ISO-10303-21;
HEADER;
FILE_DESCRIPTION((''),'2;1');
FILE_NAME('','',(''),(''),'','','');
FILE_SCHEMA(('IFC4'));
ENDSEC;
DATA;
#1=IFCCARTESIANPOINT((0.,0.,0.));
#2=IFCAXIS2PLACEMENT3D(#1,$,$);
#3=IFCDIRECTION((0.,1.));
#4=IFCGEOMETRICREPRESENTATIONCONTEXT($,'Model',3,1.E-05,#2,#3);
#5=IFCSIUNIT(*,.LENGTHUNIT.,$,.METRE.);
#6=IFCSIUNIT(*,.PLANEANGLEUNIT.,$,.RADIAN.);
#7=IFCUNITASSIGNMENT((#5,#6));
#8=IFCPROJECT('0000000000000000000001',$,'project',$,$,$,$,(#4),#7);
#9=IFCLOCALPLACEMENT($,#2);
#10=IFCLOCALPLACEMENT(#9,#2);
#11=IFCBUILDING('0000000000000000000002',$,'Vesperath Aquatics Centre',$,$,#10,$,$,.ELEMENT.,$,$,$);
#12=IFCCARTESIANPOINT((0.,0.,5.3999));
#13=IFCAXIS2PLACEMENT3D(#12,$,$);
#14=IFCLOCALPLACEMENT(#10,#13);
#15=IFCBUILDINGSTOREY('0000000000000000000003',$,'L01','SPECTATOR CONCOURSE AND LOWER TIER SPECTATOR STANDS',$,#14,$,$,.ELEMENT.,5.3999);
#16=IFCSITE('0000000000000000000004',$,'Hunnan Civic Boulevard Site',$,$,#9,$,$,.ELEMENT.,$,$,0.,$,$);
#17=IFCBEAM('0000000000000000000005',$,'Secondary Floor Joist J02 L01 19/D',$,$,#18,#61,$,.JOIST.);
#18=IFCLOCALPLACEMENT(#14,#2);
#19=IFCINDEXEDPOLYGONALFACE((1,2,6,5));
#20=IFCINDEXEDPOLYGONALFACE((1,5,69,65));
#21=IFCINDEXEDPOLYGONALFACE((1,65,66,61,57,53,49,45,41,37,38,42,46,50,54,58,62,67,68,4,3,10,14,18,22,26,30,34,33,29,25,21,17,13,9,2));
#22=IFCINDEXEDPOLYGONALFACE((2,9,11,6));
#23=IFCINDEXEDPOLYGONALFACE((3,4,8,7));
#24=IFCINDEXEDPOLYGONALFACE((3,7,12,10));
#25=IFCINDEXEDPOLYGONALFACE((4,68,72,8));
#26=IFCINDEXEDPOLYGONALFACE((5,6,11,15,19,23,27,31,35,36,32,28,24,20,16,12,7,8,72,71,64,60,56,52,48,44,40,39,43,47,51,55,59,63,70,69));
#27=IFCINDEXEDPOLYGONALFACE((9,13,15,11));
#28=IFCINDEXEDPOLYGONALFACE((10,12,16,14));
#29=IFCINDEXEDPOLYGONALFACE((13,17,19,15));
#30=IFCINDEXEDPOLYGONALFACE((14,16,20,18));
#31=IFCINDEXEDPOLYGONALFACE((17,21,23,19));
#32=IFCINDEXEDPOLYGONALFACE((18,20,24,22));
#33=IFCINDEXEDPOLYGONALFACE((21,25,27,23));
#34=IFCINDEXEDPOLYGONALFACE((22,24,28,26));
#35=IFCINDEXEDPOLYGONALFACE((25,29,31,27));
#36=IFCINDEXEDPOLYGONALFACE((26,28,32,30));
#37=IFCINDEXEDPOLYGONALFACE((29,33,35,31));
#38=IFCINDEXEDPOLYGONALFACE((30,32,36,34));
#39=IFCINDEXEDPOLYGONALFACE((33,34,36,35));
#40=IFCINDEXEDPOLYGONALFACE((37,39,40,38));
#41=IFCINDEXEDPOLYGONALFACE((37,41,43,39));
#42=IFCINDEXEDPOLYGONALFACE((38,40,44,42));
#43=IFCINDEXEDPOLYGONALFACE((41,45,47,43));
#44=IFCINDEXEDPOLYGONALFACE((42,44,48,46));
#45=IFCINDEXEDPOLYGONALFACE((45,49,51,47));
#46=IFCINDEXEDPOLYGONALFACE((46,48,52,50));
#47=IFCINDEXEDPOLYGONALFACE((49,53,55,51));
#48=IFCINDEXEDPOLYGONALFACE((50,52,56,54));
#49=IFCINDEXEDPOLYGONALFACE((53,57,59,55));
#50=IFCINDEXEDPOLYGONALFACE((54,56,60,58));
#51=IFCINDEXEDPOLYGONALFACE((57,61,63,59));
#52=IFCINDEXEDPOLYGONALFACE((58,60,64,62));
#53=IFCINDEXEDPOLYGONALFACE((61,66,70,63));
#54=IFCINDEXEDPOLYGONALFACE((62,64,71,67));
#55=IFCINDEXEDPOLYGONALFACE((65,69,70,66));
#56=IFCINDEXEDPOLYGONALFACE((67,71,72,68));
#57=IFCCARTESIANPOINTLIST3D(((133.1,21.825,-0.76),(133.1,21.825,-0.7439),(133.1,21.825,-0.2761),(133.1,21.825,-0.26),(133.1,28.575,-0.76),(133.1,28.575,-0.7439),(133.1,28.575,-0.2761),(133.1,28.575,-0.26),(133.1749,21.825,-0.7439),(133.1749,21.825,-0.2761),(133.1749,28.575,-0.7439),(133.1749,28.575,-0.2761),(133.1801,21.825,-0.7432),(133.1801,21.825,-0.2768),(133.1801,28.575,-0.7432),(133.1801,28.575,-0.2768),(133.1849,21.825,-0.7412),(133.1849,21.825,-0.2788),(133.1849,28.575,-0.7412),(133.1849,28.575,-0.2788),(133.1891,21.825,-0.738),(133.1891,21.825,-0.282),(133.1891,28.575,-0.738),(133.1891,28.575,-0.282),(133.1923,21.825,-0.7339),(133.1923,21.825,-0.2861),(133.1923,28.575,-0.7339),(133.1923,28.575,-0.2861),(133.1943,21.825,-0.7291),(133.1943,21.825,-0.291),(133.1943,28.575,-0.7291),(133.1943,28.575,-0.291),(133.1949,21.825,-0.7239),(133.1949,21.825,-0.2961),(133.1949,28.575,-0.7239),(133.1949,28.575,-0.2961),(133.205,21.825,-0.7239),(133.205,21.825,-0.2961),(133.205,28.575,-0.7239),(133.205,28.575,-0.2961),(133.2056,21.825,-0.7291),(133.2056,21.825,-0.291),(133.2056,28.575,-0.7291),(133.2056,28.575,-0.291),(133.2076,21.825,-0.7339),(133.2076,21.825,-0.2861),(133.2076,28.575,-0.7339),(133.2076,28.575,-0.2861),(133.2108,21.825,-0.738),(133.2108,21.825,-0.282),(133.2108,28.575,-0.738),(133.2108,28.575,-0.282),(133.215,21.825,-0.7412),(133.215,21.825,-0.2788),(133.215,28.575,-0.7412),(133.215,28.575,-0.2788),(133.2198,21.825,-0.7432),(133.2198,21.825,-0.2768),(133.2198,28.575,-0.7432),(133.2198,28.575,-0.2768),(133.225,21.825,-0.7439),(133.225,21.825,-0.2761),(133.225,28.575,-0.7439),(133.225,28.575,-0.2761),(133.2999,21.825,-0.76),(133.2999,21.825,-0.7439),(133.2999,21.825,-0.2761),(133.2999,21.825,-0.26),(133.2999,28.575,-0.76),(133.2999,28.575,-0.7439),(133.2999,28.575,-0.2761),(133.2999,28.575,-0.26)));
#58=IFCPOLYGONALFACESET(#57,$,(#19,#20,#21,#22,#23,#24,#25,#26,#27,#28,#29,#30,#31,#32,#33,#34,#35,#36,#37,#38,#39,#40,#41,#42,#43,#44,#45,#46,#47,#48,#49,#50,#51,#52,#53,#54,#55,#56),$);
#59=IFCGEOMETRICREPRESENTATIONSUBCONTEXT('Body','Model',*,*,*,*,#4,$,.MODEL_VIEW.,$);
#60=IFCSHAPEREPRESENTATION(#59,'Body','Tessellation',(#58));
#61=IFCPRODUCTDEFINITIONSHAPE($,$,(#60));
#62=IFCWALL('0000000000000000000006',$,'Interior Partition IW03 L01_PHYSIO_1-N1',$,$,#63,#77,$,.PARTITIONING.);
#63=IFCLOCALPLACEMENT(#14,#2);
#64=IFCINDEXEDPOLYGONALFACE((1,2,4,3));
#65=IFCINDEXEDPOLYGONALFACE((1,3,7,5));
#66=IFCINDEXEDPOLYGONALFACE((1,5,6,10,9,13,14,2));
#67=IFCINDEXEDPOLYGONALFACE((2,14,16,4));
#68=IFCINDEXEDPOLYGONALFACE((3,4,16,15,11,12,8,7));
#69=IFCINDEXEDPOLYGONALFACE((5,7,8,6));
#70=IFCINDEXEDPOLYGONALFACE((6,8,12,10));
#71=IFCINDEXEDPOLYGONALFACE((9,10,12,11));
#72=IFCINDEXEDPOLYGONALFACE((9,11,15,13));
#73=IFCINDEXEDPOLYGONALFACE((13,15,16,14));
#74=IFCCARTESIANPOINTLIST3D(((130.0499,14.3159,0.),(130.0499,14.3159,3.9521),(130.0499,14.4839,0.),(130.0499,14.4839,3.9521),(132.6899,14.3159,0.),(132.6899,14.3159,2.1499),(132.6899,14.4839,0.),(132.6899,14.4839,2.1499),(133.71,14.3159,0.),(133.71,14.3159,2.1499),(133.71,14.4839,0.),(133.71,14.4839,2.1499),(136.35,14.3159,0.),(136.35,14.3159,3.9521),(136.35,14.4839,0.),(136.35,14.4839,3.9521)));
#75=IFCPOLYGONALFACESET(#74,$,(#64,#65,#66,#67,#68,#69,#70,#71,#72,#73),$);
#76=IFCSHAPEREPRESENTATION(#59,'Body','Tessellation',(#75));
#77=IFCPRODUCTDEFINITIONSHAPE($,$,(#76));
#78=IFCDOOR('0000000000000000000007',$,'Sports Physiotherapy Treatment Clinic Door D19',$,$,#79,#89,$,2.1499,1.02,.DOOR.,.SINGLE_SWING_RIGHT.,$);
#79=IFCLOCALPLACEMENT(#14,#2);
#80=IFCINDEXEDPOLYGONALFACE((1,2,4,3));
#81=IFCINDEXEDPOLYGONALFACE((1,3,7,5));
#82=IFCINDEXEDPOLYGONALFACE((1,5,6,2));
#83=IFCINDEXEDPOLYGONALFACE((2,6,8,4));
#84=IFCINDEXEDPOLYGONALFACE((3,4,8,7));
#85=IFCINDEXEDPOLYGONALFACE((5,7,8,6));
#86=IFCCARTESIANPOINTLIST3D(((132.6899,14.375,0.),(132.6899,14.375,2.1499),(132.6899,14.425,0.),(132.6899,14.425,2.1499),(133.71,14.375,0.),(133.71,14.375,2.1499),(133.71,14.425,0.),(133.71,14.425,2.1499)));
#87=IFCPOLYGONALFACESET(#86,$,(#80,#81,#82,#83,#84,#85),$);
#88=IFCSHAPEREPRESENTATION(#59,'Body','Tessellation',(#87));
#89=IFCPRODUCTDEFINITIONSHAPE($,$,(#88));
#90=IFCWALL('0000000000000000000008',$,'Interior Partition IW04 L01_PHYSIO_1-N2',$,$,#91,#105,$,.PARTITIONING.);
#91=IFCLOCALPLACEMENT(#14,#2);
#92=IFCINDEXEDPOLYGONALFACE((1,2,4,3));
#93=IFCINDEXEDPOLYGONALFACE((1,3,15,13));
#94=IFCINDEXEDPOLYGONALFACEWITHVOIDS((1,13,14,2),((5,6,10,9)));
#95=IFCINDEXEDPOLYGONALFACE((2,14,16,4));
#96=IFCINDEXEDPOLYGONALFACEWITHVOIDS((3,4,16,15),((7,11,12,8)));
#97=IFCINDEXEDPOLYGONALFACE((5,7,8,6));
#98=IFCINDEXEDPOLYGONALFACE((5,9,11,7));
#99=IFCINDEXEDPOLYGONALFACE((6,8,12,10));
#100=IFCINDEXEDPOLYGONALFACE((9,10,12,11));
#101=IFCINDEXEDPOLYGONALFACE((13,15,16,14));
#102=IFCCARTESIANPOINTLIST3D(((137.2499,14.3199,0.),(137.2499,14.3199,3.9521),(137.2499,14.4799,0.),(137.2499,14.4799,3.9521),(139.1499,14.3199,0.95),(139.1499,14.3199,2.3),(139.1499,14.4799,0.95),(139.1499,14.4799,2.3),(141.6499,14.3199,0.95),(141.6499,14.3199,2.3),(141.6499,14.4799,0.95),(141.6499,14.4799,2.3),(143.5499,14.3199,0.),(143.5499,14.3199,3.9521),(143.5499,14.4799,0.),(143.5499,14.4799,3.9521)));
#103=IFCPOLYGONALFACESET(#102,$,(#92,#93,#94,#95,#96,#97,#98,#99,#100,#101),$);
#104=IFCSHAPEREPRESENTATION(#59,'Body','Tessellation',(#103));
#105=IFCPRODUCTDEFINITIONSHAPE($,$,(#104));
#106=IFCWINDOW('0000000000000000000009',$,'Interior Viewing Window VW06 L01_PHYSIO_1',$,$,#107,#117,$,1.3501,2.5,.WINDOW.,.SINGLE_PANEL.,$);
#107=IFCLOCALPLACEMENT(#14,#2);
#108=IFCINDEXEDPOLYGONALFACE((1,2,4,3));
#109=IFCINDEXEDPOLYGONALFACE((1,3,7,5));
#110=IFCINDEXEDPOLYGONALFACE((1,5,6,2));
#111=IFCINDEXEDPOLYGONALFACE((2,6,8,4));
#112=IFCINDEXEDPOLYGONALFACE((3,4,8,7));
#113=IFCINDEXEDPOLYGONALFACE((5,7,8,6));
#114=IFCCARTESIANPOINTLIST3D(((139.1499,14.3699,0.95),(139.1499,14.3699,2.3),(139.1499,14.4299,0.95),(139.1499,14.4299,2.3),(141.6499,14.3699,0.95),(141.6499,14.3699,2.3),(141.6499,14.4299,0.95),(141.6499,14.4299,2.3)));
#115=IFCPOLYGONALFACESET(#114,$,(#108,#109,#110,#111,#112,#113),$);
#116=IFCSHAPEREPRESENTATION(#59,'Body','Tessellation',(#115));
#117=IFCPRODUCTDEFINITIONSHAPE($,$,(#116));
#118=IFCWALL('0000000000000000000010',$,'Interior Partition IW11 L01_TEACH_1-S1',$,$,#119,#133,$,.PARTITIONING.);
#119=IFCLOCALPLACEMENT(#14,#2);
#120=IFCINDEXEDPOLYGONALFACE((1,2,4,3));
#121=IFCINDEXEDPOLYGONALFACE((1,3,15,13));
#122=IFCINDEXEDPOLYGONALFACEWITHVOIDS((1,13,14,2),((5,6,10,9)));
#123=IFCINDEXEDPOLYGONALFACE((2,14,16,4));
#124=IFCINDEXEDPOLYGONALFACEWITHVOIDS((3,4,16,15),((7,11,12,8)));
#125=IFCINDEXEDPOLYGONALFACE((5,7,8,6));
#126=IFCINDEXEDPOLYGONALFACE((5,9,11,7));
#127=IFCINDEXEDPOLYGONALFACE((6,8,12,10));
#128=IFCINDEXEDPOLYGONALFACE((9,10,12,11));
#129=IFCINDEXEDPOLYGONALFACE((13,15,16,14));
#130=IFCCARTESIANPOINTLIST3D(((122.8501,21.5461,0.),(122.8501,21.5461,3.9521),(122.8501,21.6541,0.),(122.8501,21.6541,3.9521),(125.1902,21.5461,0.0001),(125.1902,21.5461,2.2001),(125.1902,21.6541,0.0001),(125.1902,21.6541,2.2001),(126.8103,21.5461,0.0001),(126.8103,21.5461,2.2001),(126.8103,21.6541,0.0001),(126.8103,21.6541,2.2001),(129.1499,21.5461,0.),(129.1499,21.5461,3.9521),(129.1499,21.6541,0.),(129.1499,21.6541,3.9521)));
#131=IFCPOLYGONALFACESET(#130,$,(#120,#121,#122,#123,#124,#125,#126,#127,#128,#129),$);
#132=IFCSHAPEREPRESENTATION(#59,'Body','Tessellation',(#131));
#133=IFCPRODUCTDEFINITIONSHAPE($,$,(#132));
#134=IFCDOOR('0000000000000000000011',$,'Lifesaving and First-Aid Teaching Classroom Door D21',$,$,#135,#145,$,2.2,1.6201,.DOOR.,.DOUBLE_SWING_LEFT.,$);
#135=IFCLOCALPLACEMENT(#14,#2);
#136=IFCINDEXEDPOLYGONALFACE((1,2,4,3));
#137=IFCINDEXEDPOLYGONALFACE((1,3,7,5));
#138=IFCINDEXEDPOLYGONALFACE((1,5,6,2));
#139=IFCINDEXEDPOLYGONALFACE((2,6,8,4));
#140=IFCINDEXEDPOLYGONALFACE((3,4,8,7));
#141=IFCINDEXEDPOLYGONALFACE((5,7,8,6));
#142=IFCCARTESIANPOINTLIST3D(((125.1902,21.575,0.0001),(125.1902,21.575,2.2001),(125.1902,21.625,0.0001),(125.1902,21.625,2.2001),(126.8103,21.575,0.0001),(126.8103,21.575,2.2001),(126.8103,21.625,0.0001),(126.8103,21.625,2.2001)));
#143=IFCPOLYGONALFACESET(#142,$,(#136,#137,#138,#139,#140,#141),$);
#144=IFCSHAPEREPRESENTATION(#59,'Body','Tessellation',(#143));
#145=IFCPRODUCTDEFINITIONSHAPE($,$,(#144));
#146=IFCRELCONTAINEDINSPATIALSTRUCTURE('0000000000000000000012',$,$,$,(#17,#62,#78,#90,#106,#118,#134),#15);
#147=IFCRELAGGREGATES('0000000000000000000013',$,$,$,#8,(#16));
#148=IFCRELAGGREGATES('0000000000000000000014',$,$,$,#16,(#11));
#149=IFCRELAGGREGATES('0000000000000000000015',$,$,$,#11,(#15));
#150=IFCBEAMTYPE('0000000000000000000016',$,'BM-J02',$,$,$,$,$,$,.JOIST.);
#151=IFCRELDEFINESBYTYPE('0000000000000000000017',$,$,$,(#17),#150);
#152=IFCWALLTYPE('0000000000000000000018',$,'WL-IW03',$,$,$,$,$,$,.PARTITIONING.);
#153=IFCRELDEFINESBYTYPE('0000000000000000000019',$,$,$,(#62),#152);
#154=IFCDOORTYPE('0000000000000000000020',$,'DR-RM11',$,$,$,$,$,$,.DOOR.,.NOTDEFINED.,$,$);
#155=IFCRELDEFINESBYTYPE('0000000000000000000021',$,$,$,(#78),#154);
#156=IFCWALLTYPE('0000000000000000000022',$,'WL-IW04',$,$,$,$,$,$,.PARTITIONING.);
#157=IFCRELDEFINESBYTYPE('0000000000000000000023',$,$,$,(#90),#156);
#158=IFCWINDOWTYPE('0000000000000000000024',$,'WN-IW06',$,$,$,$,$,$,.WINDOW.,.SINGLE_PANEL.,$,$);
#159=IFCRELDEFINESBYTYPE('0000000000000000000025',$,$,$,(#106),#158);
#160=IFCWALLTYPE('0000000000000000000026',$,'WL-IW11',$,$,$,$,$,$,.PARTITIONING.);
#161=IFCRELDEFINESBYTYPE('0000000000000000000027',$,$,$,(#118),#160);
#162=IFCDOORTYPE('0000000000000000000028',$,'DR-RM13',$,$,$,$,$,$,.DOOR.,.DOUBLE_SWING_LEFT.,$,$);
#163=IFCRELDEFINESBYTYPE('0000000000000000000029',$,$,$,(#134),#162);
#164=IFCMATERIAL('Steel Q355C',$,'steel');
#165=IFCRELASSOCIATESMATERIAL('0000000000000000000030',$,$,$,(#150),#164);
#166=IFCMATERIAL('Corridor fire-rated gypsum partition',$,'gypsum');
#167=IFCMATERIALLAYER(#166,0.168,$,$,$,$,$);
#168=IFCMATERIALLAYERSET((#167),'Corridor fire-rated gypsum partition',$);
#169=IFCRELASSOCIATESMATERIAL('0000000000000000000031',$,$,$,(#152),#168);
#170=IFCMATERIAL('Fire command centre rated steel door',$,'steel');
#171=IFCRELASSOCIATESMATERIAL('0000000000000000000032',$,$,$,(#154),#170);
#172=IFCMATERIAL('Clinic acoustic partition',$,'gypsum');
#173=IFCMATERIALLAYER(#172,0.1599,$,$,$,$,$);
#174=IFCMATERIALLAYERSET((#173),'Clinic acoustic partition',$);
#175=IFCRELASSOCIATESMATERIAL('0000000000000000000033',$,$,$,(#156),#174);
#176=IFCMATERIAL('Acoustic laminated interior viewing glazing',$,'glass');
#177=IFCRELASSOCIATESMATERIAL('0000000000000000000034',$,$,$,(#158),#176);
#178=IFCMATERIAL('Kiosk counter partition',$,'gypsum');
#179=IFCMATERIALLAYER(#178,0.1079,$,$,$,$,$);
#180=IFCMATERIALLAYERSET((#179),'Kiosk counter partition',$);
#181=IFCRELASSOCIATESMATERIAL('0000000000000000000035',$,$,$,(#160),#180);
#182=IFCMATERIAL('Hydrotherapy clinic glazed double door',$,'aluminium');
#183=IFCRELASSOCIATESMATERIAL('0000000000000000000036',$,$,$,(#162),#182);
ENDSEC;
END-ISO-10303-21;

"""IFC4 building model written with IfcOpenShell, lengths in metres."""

from ifc_helpers import new_model, si_unit, direction, frame, frame_2d, origin, origin_2d, place, context, subcontext, project, spatial, rectangle, i_section, extrude, material, layer, layer_set, material_profile, profile_set, type_object, element, fill, save


model = new_model("IFC4")

# Units and contexts
model_context = context("Model", 3, precision=1e-05, world=origin(), true_north=direction((0.0, 1.0)))
body_context = subcontext(model_context, "Body", "Model", "MODEL_VIEW")
ifc_project = project(units=[si_unit("LENGTHUNIT", "METRE"), si_unit("PLANEANGLEUNIT", "RADIAN")], contexts=[model_context])

# Site, building, storey
site_placement = place(None, origin())
site = spatial("IfcSite", under=ifc_project, at=site_placement, Name="Hunnan Civic Boulevard Site", CompositionType="ELEMENT", RefElevation=0.0)
building_placement = place(site_placement, origin())
building = spatial("IfcBuilding", under=site, at=building_placement, Name="Vesperath Aquatics Centre", CompositionType="ELEMENT")
storey_placement = place(building_placement, frame((0.0, 0.0, 5.3999)))
storey = spatial("IfcBuildingStorey", under=building, at=storey_placement, Name="L01", Description="SPECTATOR CONCOURSE AND LOWER TIER SPECTATOR STANDS", CompositionType="ELEMENT", Elevation=5.3999)

# Beam
ifc_material_1 = material(Name="Steel Q355C", Category="steel")
ifc_material_profile_1 = material_profile(ifc_material_1, i_section(OverallWidth=0.2, OverallDepth=0.5, WebThickness=0.01, FlangeThickness=0.0161, FilletRadius=0.02, at=origin_2d()), Name="HN 500x200x10x16")
ifc_profile_set_1 = profile_set([ifc_material_profile_1], Name="Steel Q355C")
beam_type_1 = type_object("IfcBeamType", Name="BM-J02", PredefinedType="JOIST", material=ifc_profile_set_1)
for number, where, z_axis, x_axis, name in (
    (1, (133.2, 21.825, -0.51), (0.0, 1.0, 0.0), (-1.0, 0.0, 0.0), "Secondary Floor Joist J02 L01 19/D"),
):
    element("IfcBeam", number, at=place(storey_placement, frame(where, z_axis=z_axis, x_axis=x_axis)), inside=storey, type_object=beam_type_1, Name=name, PredefinedType="JOIST", context=body_context, shape_type="SweptSolid", body=[
        extrude(i_section(OverallWidth=0.2, OverallDepth=0.5, WebThickness=0.01, FlangeThickness=0.0161, FilletRadius=0.02, at=origin_2d()), origin(), (0.0, 0.0, 1.0), 6.75),
    ])

# Wall, opening, door
ifc_material_2 = material(Name="Corridor fire-rated gypsum partition", Category="gypsum")
ifc_layer_1 = layer(ifc_material_2, 0.168)
ifc_layer_set_1 = layer_set([ifc_layer_1], Name="Corridor fire-rated gypsum partition")
wall_type_1 = type_object("IfcWallType", Name="WL-IW03", PredefinedType="PARTITIONING", material=ifc_layer_set_1)
wall_1_placement = place(storey_placement, frame((130.05, 14.3999, 0.0), z_axis=(0.0, 0.0, 1.0), x_axis=(1.0, 0.0, 0.0)))
wall_1 = element("IfcWall", 2, at=wall_1_placement, inside=storey, type_object=wall_type_1, Name="Interior Partition IW03 L01_PHYSIO_1-N1", PredefinedType="PARTITIONING", context=body_context, shape_type="SweptSolid", body=[
    extrude(rectangle(XDim=6.3, YDim=0.168, at=frame_2d((3.1499, 0.0))), origin(), (0.0, 0.0, 1.0), 3.9521),
])
opening_1_placement = place(wall_1_placement, frame((2.6399, 0.0, 0.0)))
opening_1 = element("IfcOpeningElement", 3, at=opening_1_placement, cuts=wall_1, PredefinedType="OPENING", context=body_context, shape_type="SweptSolid", body=[
    extrude(rectangle(XDim=1.02, YDim=2.1499, at=frame_2d((0.51, 1.075))), frame((0.0, 0.0989, 0.0), z_axis=(0.0, -1.0, 0.0), x_axis=(1.0, 0.0, 0.0)), (0.0, 0.0, 1.0), 0.1978),
])
ifc_material_3 = material(Name="Fire command centre rated steel door", Category="steel")
door_type_1 = type_object("IfcDoorType", Name="DR-RM11", OperationType="NOTDEFINED", PredefinedType="DOOR", material=ifc_material_3)
door_1_placement = place(opening_1_placement, frame((1.02, 0.0, 0.0), z_axis=(0.0, 0.0, 1.0), x_axis=(-1.0, 0.0, 0.0)))
door_1 = element("IfcDoor", 4, at=door_1_placement, inside=storey, type_object=door_type_1, Name="Sports Physiotherapy Treatment Clinic Door D19", OperationType="SINGLE_SWING_RIGHT", OverallHeight=2.1499, OverallWidth=1.02, PredefinedType="DOOR", context=body_context, shape_type="SweptSolid", body=[
    extrude(rectangle(XDim=1.02, YDim=2.1499, at=frame_2d((0.51, 1.075))), frame((0.0, 0.0249, 0.0), z_axis=(0.0, -1.0, 0.0), x_axis=(1.0, 0.0, 0.0)), (0.0, 0.0, 1.0), 0.05),
])
fill(opening_1, door_1)

# Wall, opening, window
ifc_material_4 = material(Name="Clinic acoustic partition", Category="gypsum")
ifc_layer_2 = layer(ifc_material_4, 0.1599)
ifc_layer_set_2 = layer_set([ifc_layer_2], Name="Clinic acoustic partition")
wall_type_2 = type_object("IfcWallType", Name="WL-IW04", PredefinedType="PARTITIONING", material=ifc_layer_set_2)
wall_2_placement = place(storey_placement, frame((137.25, 14.3999, 0.0), z_axis=(0.0, 0.0, 1.0), x_axis=(1.0, 0.0, 0.0)))
wall_2 = element("IfcWall", 5, at=wall_2_placement, inside=storey, type_object=wall_type_2, Name="Interior Partition IW04 L01_PHYSIO_1-N2", PredefinedType="PARTITIONING", context=body_context, shape_type="SweptSolid", body=[
    extrude(rectangle(XDim=6.3, YDim=0.1599, at=frame_2d((3.1499, 0.0))), origin(), (0.0, 0.0, 1.0), 3.9521),
])
opening_2_placement = place(wall_2_placement, frame((1.8999, 0.0, 0.95)))
opening_2 = element("IfcOpeningElement", 6, at=opening_2_placement, cuts=wall_2, PredefinedType="OPENING", context=body_context, shape_type="SweptSolid", body=[
    extrude(rectangle(XDim=2.5, YDim=1.3501, at=frame_2d((1.25, 0.675))), frame((0.0, 0.0947, 0.0), z_axis=(0.0, -1.0, 0.0), x_axis=(1.0, 0.0, 0.0)), (0.0, 0.0, 1.0), 0.1897),
])
ifc_material_5 = material(Name="Acoustic laminated interior viewing glazing", Category="glass")
window_type_1 = type_object("IfcWindowType", Name="WN-IW06", PartitioningType="SINGLE_PANEL", PredefinedType="WINDOW", material=ifc_material_5)
window_1_placement = place(opening_2_placement, origin())
window_1 = element("IfcWindow", 7, at=window_1_placement, inside=storey, type_object=window_type_1, Name="Interior Viewing Window VW06 L01_PHYSIO_1", OverallHeight=1.3501, OverallWidth=2.5, PartitioningType="SINGLE_PANEL", PredefinedType="WINDOW", context=body_context, shape_type="SweptSolid", body=[
    extrude(rectangle(XDim=2.5, YDim=1.3501, at=frame_2d((1.25, 0.675))), frame((0.0, 0.03, 0.0), z_axis=(0.0, -1.0, 0.0), x_axis=(1.0, 0.0, 0.0)), (0.0, 0.0, 1.0), 0.0601),
])
fill(opening_2, window_1)

# Wall, opening, door
ifc_material_6 = material(Name="Kiosk counter partition", Category="gypsum")
ifc_layer_3 = layer(ifc_material_6, 0.1079)
ifc_layer_set_3 = layer_set([ifc_layer_3], Name="Kiosk counter partition")
wall_type_3 = type_object("IfcWallType", Name="WL-IW11", PredefinedType="PARTITIONING", material=ifc_layer_set_3)
wall_3_placement = place(storey_placement, frame((122.8501, 21.6001, 0.0), z_axis=(0.0, 0.0, 1.0), x_axis=(1.0, 0.0, 0.0)))
wall_3 = element("IfcWall", 8, at=wall_3_placement, inside=storey, type_object=wall_type_3, Name="Interior Partition IW11 L01_TEACH_1-S1", PredefinedType="PARTITIONING", context=body_context, shape_type="SweptSolid", body=[
    extrude(rectangle(XDim=6.2998, YDim=0.1079, at=frame_2d((3.1499, 0.0))), origin(), (0.0, 0.0, 1.0), 3.9521),
])
opening_3_placement = place(wall_3_placement, frame((2.3401, 0.0, 0.0)))
opening_3 = element("IfcOpeningElement", 9, at=opening_3_placement, cuts=wall_3, PredefinedType="OPENING", context=body_context, shape_type="SweptSolid", body=[
    extrude(rectangle(XDim=1.6201, YDim=2.2, at=frame_2d((0.8101, 1.1001))), frame((0.0, 0.0688, 0.0), z_axis=(0.0, -1.0, 0.0), x_axis=(1.0, 0.0, 0.0)), (0.0, 0.0, 1.0), 0.1377),
])
ifc_material_7 = material(Name="Hydrotherapy clinic glazed double door", Category="aluminium")
door_type_2 = type_object("IfcDoorType", Name="DR-RM13", OperationType="DOUBLE_SWING_LEFT", PredefinedType="DOOR", material=ifc_material_7)
door_2_placement = place(opening_3_placement, origin())
door_2 = element("IfcDoor", 10, at=door_2_placement, inside=storey, type_object=door_type_2, Name="Lifesaving and First-Aid Teaching Classroom Door D21", OperationType="DOUBLE_SWING_LEFT", OverallHeight=2.2, OverallWidth=1.6201, PredefinedType="DOOR", context=body_context, shape_type="SweptSolid", body=[
    extrude(rectangle(XDim=1.6201, YDim=2.2, at=frame_2d((0.8101, 1.1001))), frame((0.0, 0.0249, 0.0), z_axis=(0.0, -1.0, 0.0), x_axis=(1.0, 0.0, 0.0)), (0.0, 0.0, 1.0), 0.05),
])
fill(opening_3, door_2)

save(model, "model.ifc")
